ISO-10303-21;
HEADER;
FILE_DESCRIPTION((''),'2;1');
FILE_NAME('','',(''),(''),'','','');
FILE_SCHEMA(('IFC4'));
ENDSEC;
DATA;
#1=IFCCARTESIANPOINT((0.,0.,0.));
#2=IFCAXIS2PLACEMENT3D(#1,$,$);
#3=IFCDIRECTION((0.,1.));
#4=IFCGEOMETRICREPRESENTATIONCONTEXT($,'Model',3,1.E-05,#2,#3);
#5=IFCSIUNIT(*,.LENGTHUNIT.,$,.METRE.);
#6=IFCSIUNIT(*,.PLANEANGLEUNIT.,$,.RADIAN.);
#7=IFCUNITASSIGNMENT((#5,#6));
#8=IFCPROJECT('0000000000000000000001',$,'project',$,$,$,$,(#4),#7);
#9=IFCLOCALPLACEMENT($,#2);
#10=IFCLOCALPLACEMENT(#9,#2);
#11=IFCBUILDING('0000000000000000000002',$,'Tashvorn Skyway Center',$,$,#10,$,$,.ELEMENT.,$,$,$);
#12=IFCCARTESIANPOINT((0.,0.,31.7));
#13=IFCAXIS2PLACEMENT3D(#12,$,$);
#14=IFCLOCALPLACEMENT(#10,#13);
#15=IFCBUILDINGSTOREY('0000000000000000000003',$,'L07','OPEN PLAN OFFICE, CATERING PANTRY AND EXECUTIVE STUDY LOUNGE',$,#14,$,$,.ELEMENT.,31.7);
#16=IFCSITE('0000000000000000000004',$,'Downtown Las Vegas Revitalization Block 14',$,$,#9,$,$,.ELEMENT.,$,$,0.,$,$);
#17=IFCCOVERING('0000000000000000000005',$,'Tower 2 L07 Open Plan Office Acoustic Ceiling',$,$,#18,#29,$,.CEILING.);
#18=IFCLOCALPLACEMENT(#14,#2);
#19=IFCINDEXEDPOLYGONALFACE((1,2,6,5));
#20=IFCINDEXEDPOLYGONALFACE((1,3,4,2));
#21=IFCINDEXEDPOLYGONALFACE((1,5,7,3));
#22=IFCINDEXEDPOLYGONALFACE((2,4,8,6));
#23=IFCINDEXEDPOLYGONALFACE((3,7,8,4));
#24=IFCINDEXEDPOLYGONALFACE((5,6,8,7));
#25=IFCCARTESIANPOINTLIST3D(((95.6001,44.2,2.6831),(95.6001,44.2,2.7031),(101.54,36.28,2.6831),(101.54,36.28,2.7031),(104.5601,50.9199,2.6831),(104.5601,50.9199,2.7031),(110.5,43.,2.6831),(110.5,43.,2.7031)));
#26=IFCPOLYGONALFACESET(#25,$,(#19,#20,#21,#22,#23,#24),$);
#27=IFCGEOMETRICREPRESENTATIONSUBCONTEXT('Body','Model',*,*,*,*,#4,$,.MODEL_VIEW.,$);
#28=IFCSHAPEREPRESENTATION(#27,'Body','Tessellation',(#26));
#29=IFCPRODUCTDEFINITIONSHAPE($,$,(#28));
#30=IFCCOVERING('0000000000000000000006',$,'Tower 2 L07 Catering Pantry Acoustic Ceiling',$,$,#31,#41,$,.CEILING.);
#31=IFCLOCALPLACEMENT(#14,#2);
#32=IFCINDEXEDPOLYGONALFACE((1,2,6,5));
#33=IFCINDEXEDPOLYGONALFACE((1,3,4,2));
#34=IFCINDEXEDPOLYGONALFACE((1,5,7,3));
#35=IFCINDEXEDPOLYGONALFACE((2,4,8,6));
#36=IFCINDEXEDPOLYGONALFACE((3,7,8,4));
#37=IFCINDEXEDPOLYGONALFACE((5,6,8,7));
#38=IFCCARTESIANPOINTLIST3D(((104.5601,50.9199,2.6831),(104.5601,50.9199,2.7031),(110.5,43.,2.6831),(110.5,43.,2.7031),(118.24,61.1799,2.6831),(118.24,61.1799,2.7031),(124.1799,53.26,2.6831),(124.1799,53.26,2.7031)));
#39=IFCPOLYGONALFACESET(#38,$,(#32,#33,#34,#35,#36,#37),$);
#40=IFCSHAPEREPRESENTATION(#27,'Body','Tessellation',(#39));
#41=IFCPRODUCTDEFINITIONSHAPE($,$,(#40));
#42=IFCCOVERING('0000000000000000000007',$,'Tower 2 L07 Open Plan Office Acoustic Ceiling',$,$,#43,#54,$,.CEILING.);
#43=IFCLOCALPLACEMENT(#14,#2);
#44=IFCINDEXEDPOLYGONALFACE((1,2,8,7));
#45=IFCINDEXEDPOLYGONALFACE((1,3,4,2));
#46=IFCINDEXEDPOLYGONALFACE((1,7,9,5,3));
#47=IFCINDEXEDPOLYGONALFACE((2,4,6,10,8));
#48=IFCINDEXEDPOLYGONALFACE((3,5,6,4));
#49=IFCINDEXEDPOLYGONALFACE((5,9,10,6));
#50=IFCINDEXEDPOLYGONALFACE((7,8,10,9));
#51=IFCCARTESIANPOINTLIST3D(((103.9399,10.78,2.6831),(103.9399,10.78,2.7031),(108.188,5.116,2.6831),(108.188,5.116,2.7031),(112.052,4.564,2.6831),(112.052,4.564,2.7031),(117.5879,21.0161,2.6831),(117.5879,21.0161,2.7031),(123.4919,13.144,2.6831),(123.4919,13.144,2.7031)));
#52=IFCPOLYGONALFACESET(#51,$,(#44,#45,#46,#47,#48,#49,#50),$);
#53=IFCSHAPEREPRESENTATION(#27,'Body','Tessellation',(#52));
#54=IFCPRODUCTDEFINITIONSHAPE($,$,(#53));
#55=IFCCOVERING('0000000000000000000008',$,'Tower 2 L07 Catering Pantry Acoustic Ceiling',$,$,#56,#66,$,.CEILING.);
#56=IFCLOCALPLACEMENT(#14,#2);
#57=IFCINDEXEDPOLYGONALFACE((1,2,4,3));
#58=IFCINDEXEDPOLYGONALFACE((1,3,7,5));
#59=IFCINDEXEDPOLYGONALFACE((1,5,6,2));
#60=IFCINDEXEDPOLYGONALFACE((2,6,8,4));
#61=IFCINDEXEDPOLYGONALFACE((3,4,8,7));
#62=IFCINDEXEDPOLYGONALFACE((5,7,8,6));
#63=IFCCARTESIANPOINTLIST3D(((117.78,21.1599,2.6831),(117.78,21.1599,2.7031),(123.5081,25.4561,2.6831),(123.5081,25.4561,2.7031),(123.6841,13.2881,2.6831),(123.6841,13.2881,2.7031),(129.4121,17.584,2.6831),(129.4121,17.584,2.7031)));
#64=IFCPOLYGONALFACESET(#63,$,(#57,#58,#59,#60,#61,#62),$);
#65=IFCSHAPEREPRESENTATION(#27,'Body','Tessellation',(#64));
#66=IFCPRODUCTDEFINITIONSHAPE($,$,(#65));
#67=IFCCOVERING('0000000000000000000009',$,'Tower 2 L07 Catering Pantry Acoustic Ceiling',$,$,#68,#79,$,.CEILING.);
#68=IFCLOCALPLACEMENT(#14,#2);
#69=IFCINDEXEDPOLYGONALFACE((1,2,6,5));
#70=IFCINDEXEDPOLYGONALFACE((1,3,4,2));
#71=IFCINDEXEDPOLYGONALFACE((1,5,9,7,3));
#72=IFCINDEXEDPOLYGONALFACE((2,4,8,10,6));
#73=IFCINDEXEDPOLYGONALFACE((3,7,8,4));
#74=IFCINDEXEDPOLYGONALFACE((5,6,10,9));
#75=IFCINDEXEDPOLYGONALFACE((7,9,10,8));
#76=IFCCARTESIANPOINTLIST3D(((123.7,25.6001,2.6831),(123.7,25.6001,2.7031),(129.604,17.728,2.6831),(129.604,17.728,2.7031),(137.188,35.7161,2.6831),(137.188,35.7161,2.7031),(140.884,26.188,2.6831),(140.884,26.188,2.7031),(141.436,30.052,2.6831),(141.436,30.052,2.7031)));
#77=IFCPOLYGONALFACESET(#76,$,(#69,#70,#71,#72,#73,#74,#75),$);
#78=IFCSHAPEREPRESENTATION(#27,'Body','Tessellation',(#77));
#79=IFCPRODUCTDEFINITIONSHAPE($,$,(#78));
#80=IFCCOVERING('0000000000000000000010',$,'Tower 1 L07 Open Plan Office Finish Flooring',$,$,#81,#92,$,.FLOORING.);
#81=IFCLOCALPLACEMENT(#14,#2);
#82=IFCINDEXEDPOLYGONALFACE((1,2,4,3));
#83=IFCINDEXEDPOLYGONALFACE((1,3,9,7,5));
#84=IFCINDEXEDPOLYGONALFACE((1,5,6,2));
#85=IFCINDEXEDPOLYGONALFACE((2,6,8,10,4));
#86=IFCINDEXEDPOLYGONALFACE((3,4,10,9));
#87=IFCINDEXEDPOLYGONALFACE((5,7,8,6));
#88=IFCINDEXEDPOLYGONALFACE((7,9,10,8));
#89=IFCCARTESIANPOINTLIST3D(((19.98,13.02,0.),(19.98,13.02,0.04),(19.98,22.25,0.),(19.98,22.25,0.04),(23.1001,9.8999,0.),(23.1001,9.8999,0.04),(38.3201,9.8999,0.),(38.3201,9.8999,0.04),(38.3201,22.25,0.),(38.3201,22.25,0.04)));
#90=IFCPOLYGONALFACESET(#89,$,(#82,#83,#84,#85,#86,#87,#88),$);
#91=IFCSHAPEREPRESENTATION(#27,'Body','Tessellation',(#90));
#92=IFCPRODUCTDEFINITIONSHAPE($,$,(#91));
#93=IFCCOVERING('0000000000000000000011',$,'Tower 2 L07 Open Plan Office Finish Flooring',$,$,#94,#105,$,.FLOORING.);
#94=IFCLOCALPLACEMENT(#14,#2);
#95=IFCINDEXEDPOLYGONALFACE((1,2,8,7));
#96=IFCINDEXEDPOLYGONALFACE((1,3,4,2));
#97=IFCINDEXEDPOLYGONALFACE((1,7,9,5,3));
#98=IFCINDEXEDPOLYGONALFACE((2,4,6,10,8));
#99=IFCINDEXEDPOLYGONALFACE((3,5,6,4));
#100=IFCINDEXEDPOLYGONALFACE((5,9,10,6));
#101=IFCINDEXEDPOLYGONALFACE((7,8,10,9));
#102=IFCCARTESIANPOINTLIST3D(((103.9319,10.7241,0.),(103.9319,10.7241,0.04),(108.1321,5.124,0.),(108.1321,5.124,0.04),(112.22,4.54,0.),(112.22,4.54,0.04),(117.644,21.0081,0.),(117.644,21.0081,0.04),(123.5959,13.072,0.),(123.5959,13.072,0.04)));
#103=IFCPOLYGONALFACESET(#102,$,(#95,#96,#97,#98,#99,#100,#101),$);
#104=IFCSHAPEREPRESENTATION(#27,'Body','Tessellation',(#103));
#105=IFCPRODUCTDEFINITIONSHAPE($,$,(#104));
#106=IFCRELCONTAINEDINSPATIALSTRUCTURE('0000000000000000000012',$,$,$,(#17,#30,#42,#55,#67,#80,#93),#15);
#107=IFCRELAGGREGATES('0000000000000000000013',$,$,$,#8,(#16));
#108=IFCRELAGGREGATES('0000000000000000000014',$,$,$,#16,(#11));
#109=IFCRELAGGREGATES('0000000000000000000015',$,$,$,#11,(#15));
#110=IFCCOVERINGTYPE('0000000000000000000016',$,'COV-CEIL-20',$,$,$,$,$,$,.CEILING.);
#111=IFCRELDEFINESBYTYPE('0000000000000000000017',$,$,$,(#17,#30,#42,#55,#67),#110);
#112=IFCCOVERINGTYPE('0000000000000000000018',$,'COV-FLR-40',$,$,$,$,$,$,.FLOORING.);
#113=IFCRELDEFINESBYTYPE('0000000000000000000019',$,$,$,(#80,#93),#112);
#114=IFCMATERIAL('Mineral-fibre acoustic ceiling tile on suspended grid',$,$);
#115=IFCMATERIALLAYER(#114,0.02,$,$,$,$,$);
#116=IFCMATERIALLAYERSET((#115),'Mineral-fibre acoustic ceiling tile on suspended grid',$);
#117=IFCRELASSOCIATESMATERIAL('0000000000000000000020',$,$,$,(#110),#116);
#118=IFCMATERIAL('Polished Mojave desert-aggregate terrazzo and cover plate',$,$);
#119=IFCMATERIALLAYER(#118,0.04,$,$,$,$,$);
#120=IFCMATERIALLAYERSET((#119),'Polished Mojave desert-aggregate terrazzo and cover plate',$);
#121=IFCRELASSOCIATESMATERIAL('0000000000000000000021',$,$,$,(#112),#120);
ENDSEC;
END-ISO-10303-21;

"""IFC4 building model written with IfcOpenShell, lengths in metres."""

from ifc_helpers import new_model, si_unit, direction, frame, origin, place, context, subcontext, project, spatial, polyline, outline, extrude, material, layer, layer_set, type_object, element, save


model = new_model("IFC4")

# Units and contexts
model_context = context("Model", 3, precision=1e-05, world=origin(), true_north=direction((0.0, 1.0)))
body_context = subcontext(model_context, "Body", "Model", "MODEL_VIEW")
ifc_project = project(units=[si_unit("LENGTHUNIT", "METRE"), si_unit("PLANEANGLEUNIT", "RADIAN")], contexts=[model_context])

# Site, building, storey
site_placement = place(None, origin())
site = spatial("IfcSite", under=ifc_project, at=site_placement, Name="Downtown Las Vegas Revitalization Block 14", CompositionType="ELEMENT", RefElevation=0.0)
building_placement = place(site_placement, origin())
building = spatial("IfcBuilding", under=site, at=building_placement, Name="Tashvorn Skyway Center", CompositionType="ELEMENT")
storey_placement = place(building_placement, frame((0.0, 0.0, 31.7)))
storey = spatial("IfcBuildingStorey", under=building, at=storey_placement, Name="L07", Description="OPEN PLAN OFFICE, CATERING PANTRY AND EXECUTIVE STUDY LOUNGE", CompositionType="ELEMENT", Elevation=31.7)

# Coverings
ifc_material_1 = material(Name="Mineral-fibre acoustic ceiling tile on suspended grid")
ifc_layer_1 = layer(ifc_material_1, 0.02)
ifc_layer_set_1 = layer_set([ifc_layer_1], Name="Mineral-fibre acoustic ceiling tile on suspended grid")
covering_type_1 = type_object("IfcCoveringType", Name="COV-CEIL-20", PredefinedType="CEILING", material=ifc_layer_set_1)
covering_1_placement = place(storey_placement, frame((0.0, 0.0, 2.6831)))
element("IfcCovering", 1, at=covering_1_placement, inside=storey, type_object=covering_type_1, Name="Tower 2 L07 Open Plan Office Acoustic Ceiling", PredefinedType="CEILING", context=body_context, shape_type="SweptSolid", body=[
    extrude(outline(polyline([(101.54, 36.28), (110.5, 43.0), (104.5601, 50.9199), (95.6001, 44.2), (101.54, 36.28)])), origin(), (0.0, 0.0, 1.0), 0.02),
])
covering_2_placement = place(storey_placement, frame((0.0, 0.0, 2.6831)))
element("IfcCovering", 2, at=covering_2_placement, inside=storey, type_object=covering_type_1, Name="Tower 2 L07 Catering Pantry Acoustic Ceiling", PredefinedType="CEILING", context=body_context, shape_type="SweptSolid", body=[
    extrude(outline(polyline([(110.5, 43.0), (124.1799, 53.26), (118.24, 61.1799), (104.5601, 50.9199), (110.5, 43.0)])), origin(), (0.0, 0.0, 1.0), 0.02),
])
covering_3_placement = place(storey_placement, frame((0.0, 0.0, 2.6831)))
element("IfcCovering", 3, at=covering_3_placement, inside=storey, type_object=covering_type_1, Name="Tower 2 L07 Open Plan Office Acoustic Ceiling", PredefinedType="CEILING", context=body_context, shape_type="SweptSolid", body=[
    extrude(outline(polyline([(103.9399, 10.78), (117.5879, 21.0161), (123.4919, 13.144), (112.052, 4.564), (108.188, 5.116), (103.9399, 10.78)])), origin(), (0.0, 0.0, 1.0), 0.02),
])
covering_4_placement = place(storey_placement, frame((0.0, 0.0, 2.6831)))
element("IfcCovering", 4, at=covering_4_placement, inside=storey, type_object=covering_type_1, Name="Tower 2 L07 Catering Pantry Acoustic Ceiling", PredefinedType="CEILING", context=body_context, shape_type="SweptSolid", body=[
    extrude(outline(polyline([(117.78, 21.1599), (123.5081, 25.4561), (129.4121, 17.584), (123.6841, 13.2881), (117.78, 21.1599)])), origin(), (0.0, 0.0, 1.0), 0.02),
])
covering_5_placement = place(storey_placement, frame((0.0, 0.0, 2.6831)))
element("IfcCovering", 5, at=covering_5_placement, inside=storey, type_object=covering_type_1, Name="Tower 2 L07 Catering Pantry Acoustic Ceiling", PredefinedType="CEILING", context=body_context, shape_type="SweptSolid", body=[
    extrude(outline(polyline([(129.604, 17.728), (123.7, 25.6001), (137.188, 35.7161), (141.436, 30.052), (140.884, 26.188), (129.604, 17.728)])), origin(), (0.0, 0.0, 1.0), 0.02),
])
ifc_material_2 = material(Name="Polished Mojave desert-aggregate terrazzo and cover plate")
ifc_layer_2 = layer(ifc_material_2, 0.04)
ifc_layer_set_2 = layer_set([ifc_layer_2], Name="Polished Mojave desert-aggregate terrazzo and cover plate")
covering_type_2 = type_object("IfcCoveringType", Name="COV-FLR-40", PredefinedType="FLOORING", material=ifc_layer_set_2)
covering_6_placement = place(storey_placement, origin())
element("IfcCovering", 6, at=covering_6_placement, inside=storey, type_object=covering_type_2, Name="Tower 1 L07 Open Plan Office Finish Flooring", PredefinedType="FLOORING", context=body_context, shape_type="SweptSolid", body=[
    extrude(outline(polyline([(23.1001, 9.8999), (19.98, 13.02), (19.98, 22.25), (38.3201, 22.25), (38.3201, 9.8999), (23.1001, 9.8999)])), origin(), (0.0, 0.0, 1.0), 0.04),
])
covering_7_placement = place(storey_placement, origin())
element("IfcCovering", 7, at=covering_7_placement, inside=storey, type_object=covering_type_2, Name="Tower 2 L07 Open Plan Office Finish Flooring", PredefinedType="FLOORING", context=body_context, shape_type="SweptSolid", body=[
    extrude(outline(polyline([(112.22, 4.54), (108.1321, 5.124), (103.9319, 10.7241), (117.644, 21.0081), (123.5959, 13.072), (112.22, 4.54)])), origin(), (0.0, 0.0, 1.0), 0.04),
])

save(model, "model.ifc")
